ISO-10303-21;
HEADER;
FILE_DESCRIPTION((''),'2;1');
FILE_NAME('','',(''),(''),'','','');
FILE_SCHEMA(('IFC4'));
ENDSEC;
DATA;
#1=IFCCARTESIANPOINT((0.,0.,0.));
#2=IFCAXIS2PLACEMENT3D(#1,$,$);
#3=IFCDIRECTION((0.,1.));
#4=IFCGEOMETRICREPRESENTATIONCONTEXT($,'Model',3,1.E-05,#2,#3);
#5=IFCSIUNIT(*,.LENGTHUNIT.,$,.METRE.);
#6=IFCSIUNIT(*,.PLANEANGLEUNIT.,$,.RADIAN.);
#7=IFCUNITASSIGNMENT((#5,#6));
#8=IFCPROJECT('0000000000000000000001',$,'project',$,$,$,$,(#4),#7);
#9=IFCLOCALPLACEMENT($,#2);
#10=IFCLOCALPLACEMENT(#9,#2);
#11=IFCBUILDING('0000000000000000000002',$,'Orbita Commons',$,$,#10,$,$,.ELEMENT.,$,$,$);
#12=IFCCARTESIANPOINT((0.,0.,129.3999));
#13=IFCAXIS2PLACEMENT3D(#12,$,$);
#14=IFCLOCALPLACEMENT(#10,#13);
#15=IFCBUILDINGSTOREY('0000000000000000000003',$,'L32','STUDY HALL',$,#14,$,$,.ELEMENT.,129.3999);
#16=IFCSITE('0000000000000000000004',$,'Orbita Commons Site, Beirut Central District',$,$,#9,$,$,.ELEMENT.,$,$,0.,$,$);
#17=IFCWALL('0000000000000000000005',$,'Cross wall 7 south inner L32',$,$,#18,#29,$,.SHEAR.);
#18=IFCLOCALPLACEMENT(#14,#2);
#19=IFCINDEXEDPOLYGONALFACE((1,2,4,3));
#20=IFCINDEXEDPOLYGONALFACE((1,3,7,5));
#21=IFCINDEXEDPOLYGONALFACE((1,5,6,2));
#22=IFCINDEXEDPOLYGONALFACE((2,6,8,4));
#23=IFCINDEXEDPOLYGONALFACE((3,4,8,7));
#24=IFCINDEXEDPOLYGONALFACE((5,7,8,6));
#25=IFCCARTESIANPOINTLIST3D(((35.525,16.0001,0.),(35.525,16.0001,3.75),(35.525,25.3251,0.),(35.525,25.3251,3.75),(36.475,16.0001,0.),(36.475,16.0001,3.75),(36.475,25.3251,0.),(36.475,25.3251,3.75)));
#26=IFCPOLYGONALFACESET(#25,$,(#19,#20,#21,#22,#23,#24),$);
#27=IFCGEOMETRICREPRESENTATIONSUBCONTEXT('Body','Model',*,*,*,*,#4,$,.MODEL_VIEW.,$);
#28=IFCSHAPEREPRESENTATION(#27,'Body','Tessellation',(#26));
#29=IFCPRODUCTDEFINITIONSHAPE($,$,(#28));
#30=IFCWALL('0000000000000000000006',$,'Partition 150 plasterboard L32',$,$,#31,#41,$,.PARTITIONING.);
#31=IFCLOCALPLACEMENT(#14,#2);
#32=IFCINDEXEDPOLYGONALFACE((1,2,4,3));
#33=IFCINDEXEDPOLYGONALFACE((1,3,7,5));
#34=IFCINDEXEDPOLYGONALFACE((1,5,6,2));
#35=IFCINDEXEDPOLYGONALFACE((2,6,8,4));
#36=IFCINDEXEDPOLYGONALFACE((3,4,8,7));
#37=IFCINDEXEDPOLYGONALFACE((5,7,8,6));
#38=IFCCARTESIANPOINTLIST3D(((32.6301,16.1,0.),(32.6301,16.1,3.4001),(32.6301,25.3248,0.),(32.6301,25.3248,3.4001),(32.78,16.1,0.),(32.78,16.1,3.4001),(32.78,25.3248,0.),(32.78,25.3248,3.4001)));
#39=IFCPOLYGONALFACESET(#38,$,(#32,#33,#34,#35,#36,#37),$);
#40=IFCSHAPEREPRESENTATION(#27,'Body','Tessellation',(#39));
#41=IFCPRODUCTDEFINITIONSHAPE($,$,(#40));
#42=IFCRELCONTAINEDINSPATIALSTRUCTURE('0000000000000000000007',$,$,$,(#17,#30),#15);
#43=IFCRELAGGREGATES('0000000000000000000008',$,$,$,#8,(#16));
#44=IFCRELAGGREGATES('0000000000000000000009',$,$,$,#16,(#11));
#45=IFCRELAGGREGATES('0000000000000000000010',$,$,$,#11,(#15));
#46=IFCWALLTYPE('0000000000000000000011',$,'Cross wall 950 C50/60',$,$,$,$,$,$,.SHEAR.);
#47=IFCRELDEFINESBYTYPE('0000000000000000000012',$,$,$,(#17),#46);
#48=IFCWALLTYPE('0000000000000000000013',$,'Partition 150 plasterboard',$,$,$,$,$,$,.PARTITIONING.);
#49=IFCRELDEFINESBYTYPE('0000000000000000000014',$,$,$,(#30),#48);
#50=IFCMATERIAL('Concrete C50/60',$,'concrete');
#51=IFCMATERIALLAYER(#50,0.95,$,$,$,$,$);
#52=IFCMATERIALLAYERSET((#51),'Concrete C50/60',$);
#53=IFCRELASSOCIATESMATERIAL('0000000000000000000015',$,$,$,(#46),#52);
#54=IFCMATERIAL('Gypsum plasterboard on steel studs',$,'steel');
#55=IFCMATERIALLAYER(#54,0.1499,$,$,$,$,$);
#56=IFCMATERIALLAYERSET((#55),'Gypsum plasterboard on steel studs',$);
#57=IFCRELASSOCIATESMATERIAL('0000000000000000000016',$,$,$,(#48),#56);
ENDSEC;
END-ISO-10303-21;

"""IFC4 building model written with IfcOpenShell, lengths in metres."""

from ifc_helpers import new_model, si_unit, direction, frame, frame_2d, origin, place, context, subcontext, project, spatial, rectangle, extrude, material, layer, layer_set, type_object, element, save


model = new_model("IFC4")

# Units and contexts
model_context = context("Model", 3, precision=1e-05, world=origin(), true_north=direction((0.0, 1.0)))
body_context = subcontext(model_context, "Body", "Model", "MODEL_VIEW")
ifc_project = project(units=[si_unit("LENGTHUNIT", "METRE"), si_unit("PLANEANGLEUNIT", "RADIAN")], contexts=[model_context])

# Site, building, storey
site_placement = place(None, origin())
site = spatial("IfcSite", under=ifc_project, at=site_placement, Name="Orbita Commons Site, Beirut Central District", CompositionType="ELEMENT", RefElevation=0.0)
building_placement = place(site_placement, origin())
building = spatial("IfcBuilding", under=site, at=building_placement, Name="Orbita Commons", CompositionType="ELEMENT")
storey_placement = place(building_placement, frame((0.0, 0.0, 129.3999)))
storey = spatial("IfcBuildingStorey", under=building, at=storey_placement, Name="L32", Description="STUDY HALL", CompositionType="ELEMENT", Elevation=129.3999)

# Walls
ifc_material_1 = material(Name="Concrete C50/60", Category="concrete")
ifc_layer_1 = layer(ifc_material_1, 0.95)
ifc_layer_set_1 = layer_set([ifc_layer_1], Name="Concrete C50/60")
wall_type_1 = type_object("IfcWallType", Name="Cross wall 950 C50/60", PredefinedType="SHEAR", material=ifc_layer_set_1)
for number, where, z_axis, x_axis, name in (
    (1, (36.0, 16.0, 0.0), (0.0, 0.0, 1.0), (0.0, 1.0, 0.0), "Cross wall 7 south inner L32"),
):
    element("IfcWall", number, at=place(storey_placement, frame(where, z_axis=z_axis, x_axis=x_axis)), inside=storey, type_object=wall_type_1, Name=name, PredefinedType="SHEAR", context=body_context, shape_type="SweptSolid", body=[
        extrude(rectangle(XDim=9.325, YDim=0.95, at=frame_2d((4.6626, 0.0))), origin(), (0.0, 0.0, 1.0), 3.75),
    ])
ifc_material_2 = material(Name="Gypsum plasterboard on steel studs", Category="steel")
ifc_layer_2 = layer(ifc_material_2, 0.1499)
ifc_layer_set_2 = layer_set([ifc_layer_2], Name="Gypsum plasterboard on steel studs")
wall_type_2 = type_object("IfcWallType", Name="Partition 150 plasterboard", PredefinedType="PARTITIONING", material=ifc_layer_set_2)
wall_1_placement = place(storey_placement, frame((32.7051, 16.1001, 0.0), z_axis=(0.0, 0.0, 1.0), x_axis=(0.0, 1.0, 0.0)))
element("IfcWall", 2, at=wall_1_placement, inside=storey, type_object=wall_type_2, Name="Partition 150 plasterboard L32", PredefinedType="PARTITIONING", context=body_context, shape_type="SweptSolid", body=[
    extrude(rectangle(XDim=9.2249, YDim=0.1499, at=frame_2d((4.6123, 0.0))), origin(), (0.0, 0.0, 1.0), 3.4001),
])

save(model, "model.ifc")
